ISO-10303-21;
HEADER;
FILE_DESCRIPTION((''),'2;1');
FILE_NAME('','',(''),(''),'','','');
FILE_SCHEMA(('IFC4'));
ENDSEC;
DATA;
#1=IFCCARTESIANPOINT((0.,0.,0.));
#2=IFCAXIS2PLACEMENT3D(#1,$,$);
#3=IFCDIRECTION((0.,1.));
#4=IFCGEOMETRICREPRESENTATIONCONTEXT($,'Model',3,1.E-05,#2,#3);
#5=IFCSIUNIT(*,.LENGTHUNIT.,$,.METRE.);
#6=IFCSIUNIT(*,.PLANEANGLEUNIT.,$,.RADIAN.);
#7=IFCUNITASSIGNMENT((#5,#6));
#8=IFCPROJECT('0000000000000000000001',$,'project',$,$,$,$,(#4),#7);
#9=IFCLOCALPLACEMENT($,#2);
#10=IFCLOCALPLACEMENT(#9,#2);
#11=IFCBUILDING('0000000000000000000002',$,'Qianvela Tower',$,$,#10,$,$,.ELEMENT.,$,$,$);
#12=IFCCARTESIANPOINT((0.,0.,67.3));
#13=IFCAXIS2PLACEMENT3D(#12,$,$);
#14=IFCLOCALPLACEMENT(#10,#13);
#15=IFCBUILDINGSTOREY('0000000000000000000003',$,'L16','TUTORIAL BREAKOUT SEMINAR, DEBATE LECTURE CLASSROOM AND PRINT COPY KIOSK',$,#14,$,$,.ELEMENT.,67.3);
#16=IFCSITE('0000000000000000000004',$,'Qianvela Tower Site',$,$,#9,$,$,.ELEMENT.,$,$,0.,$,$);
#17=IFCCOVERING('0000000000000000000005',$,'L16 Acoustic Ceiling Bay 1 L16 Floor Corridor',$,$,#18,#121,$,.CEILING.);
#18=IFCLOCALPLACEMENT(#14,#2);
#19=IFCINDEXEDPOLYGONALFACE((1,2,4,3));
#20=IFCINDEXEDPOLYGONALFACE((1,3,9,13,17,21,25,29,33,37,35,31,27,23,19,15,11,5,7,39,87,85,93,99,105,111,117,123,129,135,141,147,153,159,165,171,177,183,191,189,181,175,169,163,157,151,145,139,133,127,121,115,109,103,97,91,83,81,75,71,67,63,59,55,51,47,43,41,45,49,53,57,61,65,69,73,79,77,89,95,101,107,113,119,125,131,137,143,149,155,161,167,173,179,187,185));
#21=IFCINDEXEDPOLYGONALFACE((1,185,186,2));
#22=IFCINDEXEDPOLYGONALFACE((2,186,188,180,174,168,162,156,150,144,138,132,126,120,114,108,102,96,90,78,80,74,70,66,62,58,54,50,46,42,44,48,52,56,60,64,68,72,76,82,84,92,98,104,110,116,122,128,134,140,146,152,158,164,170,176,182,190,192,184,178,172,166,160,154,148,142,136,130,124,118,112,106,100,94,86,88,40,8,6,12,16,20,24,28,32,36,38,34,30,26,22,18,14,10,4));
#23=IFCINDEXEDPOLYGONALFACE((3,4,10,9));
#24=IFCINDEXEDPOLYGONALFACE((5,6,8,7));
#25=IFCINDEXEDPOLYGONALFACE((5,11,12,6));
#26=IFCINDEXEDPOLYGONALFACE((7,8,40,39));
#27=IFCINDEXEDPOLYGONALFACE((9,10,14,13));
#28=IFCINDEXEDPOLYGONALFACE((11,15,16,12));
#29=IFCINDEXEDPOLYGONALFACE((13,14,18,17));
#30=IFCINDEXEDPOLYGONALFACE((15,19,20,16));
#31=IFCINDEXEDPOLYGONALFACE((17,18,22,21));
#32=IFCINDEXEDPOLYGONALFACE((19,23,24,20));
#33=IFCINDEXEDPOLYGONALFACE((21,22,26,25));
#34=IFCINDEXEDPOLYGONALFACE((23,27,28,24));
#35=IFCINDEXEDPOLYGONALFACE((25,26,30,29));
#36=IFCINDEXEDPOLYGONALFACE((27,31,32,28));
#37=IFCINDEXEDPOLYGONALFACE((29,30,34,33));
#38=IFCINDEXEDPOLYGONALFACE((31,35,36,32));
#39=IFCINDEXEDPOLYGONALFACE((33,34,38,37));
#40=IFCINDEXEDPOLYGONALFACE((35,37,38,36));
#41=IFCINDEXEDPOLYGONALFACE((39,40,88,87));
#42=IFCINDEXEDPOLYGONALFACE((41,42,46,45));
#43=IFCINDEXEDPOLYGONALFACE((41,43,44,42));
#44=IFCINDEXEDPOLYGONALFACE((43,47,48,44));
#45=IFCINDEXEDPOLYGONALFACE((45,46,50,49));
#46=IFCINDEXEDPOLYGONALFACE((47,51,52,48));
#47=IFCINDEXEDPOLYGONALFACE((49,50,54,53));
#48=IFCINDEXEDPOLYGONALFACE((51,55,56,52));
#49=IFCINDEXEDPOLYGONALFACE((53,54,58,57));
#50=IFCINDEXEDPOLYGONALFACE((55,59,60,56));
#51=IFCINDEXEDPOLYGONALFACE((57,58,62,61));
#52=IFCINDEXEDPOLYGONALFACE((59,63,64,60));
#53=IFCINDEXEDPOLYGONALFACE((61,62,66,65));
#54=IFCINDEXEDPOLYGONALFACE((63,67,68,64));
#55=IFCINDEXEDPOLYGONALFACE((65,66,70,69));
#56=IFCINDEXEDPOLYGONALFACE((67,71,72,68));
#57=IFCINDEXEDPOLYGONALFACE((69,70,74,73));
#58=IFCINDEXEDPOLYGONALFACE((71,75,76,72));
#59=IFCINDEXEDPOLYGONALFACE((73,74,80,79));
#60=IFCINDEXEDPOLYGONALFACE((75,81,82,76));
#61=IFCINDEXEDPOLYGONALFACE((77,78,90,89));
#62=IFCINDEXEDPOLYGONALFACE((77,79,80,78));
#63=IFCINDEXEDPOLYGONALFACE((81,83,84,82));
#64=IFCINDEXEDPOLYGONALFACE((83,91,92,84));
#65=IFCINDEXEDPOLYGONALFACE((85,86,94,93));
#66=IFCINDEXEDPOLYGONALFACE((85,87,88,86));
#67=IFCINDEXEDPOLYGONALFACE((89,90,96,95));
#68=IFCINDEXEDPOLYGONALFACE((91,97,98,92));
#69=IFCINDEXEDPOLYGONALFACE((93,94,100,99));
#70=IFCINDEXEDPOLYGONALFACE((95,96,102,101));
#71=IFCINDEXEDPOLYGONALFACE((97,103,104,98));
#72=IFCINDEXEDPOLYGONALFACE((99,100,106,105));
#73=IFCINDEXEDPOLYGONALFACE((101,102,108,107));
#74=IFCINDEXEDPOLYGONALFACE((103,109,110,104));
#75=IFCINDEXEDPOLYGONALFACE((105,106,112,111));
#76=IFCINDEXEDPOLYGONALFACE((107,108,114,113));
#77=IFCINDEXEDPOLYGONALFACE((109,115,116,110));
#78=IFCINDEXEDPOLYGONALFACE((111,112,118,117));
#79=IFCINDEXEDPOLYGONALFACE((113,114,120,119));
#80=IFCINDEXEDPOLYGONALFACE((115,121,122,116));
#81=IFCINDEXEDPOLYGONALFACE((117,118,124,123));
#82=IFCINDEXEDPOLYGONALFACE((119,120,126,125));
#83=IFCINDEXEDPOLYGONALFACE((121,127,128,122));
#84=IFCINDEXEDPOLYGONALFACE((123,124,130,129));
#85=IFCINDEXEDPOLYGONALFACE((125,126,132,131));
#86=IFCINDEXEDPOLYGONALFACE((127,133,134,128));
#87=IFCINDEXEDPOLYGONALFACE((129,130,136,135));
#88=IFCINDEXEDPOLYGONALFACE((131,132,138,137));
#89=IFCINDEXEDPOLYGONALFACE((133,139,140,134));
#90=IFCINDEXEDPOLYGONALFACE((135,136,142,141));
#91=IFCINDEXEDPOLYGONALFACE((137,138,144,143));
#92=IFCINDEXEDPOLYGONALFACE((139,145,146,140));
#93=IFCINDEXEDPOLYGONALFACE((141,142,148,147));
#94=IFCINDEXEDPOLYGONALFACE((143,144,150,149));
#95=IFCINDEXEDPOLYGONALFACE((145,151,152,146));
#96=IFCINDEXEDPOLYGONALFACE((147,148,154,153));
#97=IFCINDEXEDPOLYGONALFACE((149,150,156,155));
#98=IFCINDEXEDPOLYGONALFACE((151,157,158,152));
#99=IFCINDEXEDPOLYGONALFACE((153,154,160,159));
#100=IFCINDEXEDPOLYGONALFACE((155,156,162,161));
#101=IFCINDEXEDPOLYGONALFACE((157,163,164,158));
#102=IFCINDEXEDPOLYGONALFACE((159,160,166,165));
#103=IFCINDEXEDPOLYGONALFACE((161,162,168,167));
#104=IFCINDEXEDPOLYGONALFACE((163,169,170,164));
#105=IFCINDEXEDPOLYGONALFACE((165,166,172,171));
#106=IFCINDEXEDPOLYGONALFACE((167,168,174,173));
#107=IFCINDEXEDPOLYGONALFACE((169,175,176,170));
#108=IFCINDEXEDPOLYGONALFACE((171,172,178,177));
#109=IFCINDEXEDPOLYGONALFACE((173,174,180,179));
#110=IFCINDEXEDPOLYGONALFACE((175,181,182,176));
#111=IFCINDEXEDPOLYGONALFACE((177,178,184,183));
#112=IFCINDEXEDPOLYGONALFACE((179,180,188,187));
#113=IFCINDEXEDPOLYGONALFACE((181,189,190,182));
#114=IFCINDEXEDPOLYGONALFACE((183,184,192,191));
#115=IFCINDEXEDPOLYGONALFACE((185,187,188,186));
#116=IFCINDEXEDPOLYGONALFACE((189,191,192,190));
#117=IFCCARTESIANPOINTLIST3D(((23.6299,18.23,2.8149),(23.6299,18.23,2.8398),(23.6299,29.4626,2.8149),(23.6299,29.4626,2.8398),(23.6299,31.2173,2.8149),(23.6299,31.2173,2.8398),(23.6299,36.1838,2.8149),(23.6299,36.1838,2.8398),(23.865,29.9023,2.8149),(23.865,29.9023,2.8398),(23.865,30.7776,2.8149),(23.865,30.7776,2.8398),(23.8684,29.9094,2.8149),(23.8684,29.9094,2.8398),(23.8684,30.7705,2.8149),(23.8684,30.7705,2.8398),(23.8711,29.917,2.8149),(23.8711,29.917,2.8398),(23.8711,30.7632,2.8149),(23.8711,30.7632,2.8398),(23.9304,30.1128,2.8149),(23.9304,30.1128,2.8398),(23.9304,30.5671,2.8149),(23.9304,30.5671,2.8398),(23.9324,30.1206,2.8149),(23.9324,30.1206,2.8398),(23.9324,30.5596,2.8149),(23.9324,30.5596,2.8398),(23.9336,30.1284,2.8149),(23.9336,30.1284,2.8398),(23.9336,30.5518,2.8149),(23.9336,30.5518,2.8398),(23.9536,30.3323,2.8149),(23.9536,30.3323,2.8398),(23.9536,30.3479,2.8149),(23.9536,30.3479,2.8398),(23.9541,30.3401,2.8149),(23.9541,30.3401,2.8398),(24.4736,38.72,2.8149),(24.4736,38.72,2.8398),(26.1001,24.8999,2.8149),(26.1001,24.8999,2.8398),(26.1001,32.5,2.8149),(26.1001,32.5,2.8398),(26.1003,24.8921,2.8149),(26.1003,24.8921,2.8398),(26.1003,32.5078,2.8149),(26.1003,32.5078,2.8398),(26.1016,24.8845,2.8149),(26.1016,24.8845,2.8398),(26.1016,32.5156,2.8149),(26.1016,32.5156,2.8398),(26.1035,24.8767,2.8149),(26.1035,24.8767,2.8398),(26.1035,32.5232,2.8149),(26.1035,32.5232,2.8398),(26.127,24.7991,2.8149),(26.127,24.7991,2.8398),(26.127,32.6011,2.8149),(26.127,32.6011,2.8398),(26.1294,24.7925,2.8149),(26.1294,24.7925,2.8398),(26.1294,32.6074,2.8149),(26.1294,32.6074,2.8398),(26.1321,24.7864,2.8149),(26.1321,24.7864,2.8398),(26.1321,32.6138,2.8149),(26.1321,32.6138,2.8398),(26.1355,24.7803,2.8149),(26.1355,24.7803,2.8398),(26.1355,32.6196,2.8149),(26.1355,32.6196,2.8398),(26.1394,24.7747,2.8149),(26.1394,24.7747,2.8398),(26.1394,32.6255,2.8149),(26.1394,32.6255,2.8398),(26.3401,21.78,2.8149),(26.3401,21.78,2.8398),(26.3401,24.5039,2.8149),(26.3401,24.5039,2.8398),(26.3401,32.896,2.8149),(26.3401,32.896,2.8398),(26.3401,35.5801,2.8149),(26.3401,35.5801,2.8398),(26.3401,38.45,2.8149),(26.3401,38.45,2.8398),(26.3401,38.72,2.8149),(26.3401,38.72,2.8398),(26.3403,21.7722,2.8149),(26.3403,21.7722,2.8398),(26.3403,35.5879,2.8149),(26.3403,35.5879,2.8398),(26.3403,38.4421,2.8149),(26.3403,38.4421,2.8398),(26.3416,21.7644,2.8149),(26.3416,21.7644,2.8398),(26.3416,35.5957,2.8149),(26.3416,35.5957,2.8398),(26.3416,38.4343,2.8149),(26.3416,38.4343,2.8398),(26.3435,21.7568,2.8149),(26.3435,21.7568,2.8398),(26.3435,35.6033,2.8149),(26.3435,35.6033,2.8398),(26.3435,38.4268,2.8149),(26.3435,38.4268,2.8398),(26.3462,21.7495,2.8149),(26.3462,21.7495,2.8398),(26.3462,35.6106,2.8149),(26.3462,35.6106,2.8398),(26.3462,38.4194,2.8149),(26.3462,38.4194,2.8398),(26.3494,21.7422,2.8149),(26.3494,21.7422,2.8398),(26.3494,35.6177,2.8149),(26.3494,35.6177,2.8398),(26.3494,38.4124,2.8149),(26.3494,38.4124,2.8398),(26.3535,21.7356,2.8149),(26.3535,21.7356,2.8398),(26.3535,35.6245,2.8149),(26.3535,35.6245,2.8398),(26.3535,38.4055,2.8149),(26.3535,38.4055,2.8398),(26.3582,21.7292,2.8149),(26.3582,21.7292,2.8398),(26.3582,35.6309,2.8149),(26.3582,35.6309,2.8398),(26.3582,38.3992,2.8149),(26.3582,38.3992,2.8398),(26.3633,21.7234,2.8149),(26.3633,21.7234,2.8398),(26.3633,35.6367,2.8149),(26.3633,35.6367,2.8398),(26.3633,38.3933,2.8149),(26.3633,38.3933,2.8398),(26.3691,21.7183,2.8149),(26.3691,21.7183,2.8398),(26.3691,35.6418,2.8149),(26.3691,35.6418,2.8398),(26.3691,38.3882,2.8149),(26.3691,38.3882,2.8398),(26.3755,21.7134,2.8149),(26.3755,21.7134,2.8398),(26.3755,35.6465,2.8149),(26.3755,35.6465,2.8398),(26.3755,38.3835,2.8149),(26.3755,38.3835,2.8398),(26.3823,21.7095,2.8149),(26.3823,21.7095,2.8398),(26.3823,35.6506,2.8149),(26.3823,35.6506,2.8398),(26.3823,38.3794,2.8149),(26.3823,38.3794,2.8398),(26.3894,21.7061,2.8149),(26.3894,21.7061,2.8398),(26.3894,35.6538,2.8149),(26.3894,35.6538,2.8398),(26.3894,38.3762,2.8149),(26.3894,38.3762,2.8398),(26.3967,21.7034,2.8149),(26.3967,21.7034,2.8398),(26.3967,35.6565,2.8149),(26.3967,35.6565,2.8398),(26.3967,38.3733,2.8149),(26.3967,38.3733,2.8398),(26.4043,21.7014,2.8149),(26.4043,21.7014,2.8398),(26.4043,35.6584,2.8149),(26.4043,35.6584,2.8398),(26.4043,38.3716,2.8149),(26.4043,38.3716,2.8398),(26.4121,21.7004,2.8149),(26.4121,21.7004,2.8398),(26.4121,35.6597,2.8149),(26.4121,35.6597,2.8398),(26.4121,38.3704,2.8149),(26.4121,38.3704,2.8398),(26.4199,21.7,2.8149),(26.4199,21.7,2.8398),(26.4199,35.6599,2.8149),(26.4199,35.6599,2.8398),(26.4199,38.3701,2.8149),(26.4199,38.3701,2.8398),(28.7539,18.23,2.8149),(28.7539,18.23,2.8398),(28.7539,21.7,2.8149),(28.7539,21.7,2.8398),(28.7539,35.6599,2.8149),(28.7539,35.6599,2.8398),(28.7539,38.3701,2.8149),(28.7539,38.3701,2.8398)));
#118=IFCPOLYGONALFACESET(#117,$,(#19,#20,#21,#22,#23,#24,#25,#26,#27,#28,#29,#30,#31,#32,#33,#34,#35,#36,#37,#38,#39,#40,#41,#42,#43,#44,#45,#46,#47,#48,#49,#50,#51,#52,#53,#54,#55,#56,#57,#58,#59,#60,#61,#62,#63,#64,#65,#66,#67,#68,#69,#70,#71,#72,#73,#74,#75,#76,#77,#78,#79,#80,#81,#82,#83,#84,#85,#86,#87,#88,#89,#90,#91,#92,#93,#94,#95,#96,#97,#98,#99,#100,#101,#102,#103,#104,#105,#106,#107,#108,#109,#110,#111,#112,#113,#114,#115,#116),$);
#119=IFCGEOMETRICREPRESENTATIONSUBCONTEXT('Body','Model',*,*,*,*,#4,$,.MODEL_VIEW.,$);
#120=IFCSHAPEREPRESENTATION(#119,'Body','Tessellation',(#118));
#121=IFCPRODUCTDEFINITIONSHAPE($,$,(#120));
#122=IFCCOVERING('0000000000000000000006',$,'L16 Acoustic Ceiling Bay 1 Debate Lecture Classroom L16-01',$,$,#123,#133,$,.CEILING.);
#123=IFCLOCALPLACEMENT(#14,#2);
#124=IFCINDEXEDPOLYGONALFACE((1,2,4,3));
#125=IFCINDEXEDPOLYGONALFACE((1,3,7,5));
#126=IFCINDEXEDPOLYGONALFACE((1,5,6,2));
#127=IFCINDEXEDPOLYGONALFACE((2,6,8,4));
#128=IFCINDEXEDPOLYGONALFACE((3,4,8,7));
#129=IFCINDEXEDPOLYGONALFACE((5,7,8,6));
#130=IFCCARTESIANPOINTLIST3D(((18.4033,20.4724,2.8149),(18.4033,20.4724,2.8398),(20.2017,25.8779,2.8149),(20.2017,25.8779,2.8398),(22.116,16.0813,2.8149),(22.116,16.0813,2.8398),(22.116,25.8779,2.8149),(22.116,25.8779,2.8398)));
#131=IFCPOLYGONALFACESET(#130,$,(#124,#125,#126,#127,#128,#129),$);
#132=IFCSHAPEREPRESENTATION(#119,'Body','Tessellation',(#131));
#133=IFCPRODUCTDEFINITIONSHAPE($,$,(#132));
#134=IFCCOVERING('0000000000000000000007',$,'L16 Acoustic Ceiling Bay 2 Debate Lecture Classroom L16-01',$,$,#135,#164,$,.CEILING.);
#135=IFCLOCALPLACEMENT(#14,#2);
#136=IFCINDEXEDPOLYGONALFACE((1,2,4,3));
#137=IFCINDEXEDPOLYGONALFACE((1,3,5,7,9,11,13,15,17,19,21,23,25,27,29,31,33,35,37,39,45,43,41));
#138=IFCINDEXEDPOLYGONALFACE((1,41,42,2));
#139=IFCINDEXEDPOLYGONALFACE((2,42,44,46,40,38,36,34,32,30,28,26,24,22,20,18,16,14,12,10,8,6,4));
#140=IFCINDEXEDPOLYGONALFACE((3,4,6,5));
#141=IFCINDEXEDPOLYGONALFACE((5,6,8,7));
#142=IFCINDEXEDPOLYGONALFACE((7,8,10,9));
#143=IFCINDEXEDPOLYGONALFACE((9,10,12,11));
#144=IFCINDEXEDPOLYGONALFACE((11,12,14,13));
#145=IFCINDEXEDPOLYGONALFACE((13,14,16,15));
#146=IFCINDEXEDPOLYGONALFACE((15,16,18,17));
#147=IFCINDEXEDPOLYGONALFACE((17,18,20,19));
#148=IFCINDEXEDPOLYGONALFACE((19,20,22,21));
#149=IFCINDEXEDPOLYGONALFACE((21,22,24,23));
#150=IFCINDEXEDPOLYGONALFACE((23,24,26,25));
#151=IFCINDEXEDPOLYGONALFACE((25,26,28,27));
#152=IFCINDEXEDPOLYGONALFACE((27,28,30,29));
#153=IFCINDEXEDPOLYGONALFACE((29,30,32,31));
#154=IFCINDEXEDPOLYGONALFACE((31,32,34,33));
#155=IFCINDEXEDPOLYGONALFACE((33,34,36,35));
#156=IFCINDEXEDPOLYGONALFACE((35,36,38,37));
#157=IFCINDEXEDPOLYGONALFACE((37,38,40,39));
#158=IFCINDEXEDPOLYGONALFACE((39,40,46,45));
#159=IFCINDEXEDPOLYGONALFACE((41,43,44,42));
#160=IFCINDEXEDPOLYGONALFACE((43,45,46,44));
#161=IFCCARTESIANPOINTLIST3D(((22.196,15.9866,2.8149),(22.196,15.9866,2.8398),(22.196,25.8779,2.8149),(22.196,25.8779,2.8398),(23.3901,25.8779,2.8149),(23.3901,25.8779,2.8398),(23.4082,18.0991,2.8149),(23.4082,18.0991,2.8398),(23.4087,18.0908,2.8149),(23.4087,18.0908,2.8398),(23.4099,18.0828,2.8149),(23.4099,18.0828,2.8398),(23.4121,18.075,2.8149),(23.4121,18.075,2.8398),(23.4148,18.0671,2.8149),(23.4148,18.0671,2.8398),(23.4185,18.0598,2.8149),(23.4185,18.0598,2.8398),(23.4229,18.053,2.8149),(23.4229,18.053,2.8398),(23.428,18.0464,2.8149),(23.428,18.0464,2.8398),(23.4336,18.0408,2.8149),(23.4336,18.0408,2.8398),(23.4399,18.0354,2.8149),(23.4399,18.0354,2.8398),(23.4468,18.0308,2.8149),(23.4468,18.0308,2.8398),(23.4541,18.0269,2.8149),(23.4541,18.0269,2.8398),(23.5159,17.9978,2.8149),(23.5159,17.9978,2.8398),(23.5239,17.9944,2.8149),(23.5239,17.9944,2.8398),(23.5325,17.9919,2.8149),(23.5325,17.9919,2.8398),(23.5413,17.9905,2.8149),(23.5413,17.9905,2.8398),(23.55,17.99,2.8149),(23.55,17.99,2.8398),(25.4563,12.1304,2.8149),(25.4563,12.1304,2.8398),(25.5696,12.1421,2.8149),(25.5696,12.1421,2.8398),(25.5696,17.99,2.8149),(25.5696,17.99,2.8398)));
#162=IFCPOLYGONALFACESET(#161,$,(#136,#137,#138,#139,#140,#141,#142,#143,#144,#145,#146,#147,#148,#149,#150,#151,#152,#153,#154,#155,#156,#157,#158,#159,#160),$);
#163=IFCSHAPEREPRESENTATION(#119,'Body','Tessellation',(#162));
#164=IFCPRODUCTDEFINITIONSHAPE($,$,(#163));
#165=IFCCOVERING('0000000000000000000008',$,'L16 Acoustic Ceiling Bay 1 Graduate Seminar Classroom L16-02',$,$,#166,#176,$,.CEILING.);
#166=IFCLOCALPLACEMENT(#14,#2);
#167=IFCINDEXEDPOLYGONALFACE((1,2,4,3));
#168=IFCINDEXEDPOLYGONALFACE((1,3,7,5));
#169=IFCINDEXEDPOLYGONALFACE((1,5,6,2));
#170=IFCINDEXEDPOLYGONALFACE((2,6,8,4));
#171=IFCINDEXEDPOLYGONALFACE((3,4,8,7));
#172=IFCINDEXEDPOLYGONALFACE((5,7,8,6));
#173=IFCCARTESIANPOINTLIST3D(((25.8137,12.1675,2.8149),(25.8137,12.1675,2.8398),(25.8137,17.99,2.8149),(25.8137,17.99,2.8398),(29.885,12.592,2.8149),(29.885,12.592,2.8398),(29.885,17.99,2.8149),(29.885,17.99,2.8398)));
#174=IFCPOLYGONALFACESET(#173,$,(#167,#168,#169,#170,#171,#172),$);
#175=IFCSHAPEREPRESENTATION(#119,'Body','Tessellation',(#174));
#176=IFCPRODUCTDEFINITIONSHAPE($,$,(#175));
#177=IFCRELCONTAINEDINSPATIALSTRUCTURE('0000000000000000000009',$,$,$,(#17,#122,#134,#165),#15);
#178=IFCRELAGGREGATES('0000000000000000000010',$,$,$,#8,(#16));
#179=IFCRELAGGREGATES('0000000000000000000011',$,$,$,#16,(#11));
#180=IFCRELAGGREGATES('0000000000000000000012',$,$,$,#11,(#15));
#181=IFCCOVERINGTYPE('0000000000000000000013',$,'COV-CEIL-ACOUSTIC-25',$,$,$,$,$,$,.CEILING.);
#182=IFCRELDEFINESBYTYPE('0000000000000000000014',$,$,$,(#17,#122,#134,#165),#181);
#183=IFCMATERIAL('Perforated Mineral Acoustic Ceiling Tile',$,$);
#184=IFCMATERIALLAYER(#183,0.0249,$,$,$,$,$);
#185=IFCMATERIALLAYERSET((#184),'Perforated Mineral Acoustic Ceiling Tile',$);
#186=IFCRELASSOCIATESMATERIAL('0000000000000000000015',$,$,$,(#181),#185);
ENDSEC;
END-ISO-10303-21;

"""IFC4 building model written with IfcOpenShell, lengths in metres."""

from ifc_helpers import new_model, si_unit, direction, frame, origin, place, context, subcontext, project, spatial, polyline, outline, extrude, material, layer, layer_set, type_object, element, save


model = new_model("IFC4")

# Units and contexts
model_context = context("Model", 3, precision=1e-05, world=origin(), true_north=direction((0.0, 1.0)))
body_context = subcontext(model_context, "Body", "Model", "MODEL_VIEW")
ifc_project = project(units=[si_unit("LENGTHUNIT", "METRE"), si_unit("PLANEANGLEUNIT", "RADIAN")], contexts=[model_context])

# Site, building, storey
site_placement = place(None, origin())
site = spatial("IfcSite", under=ifc_project, at=site_placement, Name="Qianvela Tower Site", CompositionType="ELEMENT", RefElevation=0.0)
building_placement = place(site_placement, origin())
building = spatial("IfcBuilding", under=site, at=building_placement, Name="Qianvela Tower", CompositionType="ELEMENT")
storey_placement = place(building_placement, frame((0.0, 0.0, 67.3)))
storey = spatial("IfcBuildingStorey", under=building, at=storey_placement, Name="L16", Description="TUTORIAL BREAKOUT SEMINAR, DEBATE LECTURE CLASSROOM AND PRINT COPY KIOSK", CompositionType="ELEMENT", Elevation=67.3)

# Coverings
ifc_material_1 = material(Name="Perforated Mineral Acoustic Ceiling Tile")
ifc_layer_1 = layer(ifc_material_1, 0.0249)
ifc_layer_set_1 = layer_set([ifc_layer_1], Name="Perforated Mineral Acoustic Ceiling Tile")
covering_type_1 = type_object("IfcCoveringType", Name="COV-CEIL-ACOUSTIC-25", PredefinedType="CEILING", material=ifc_layer_set_1)
covering_1_placement = place(storey_placement, frame((0.0, 0.0, 2.8149)))
element("IfcCovering", 1, at=covering_1_placement, inside=storey, type_object=covering_type_1, Name="L16 Acoustic Ceiling Bay 1 L16 Floor Corridor", PredefinedType="CEILING", context=body_context, shape_type="SweptSolid", body=[
    extrude(outline(polyline([(23.8684, 30.7705), (23.865, 30.7776), (23.6299, 31.2173), (23.6299, 36.1838), (24.4736, 38.72), (26.3401, 38.72), (26.3401, 38.45), (26.3403, 38.4421), (26.3416, 38.4343), (26.3435, 38.4268), (26.3462, 38.4194), (26.3494, 38.4124), (26.3535, 38.4055), (26.3582, 38.3992), (26.3633, 38.3933), (26.3691, 38.3882), (26.3755, 38.3835), (26.3823, 38.3794), (26.3894, 38.3762), (26.3967, 38.3733), (26.4043, 38.3716), (26.4121, 38.3704), (26.4199, 38.3701), (28.7539, 38.3701), (28.7539, 35.6599), (26.4199, 35.6599), (26.4121, 35.6597), (26.4043, 35.6584), (26.3967, 35.6565), (26.3894, 35.6538), (26.3823, 35.6506), (26.3755, 35.6465), (26.3691, 35.6418), (26.3633, 35.6367), (26.3582, 35.6309), (26.3535, 35.6245), (26.3494, 35.6177), (26.3462, 35.6106), (26.3435, 35.6033), (26.3416, 35.5957), (26.3403, 35.5879), (26.3401, 35.5801), (26.3401, 32.896), (26.1394, 32.6255), (26.1355, 32.6196), (26.1321, 32.6138), (26.1294, 32.6074), (26.127, 32.6011), (26.1035, 32.5232), (26.1016, 32.5156), (26.1003, 32.5078), (26.1001, 32.5), (26.1001, 24.8999), (26.1003, 24.8921), (26.1016, 24.8845), (26.1035, 24.8767), (26.127, 24.7991), (26.1294, 24.7925), (26.1321, 24.7864), (26.1355, 24.7803), (26.1394, 24.7747), (26.3401, 24.5039), (26.3401, 21.78), (26.3403, 21.7722), (26.3416, 21.7644), (26.3435, 21.7568), (26.3462, 21.7495), (26.3494, 21.7422), (26.3535, 21.7356), (26.3582, 21.7292), (26.3633, 21.7234), (26.3691, 21.7183), (26.3755, 21.7134), (26.3823, 21.7095), (26.3894, 21.7061), (26.3967, 21.7034), (26.4043, 21.7014), (26.4121, 21.7004), (26.4199, 21.7), (28.7539, 21.7), (28.7539, 18.23), (23.6299, 18.23), (23.6299, 29.4626), (23.865, 29.9023), (23.8684, 29.9094), (23.8711, 29.917), (23.9304, 30.1128), (23.9324, 30.1206), (23.9336, 30.1284), (23.9536, 30.3323), (23.9541, 30.3401), (23.9536, 30.3479), (23.9336, 30.5518), (23.9324, 30.5596), (23.9304, 30.5671), (23.8711, 30.7632), (23.8684, 30.7705)])), origin(), (0.0, 0.0, 1.0), 0.0249),
])
covering_2_placement = place(storey_placement, frame((0.0, 0.0, 2.8149)))
element("IfcCovering", 2, at=covering_2_placement, inside=storey, type_object=covering_type_1, Name="L16 Acoustic Ceiling Bay 1 Debate Lecture Classroom L16-01", PredefinedType="CEILING", context=body_context, shape_type="SweptSolid", body=[
    extrude(outline(polyline([(18.4033, 20.4724), (20.2017, 25.8779), (22.116, 25.8779), (22.116, 16.0813), (18.4033, 20.4724)])), origin(), (0.0, 0.0, 1.0), 0.0249),
])
covering_3_placement = place(storey_placement, frame((0.0, 0.0, 2.8149)))
element("IfcCovering", 3, at=covering_3_placement, inside=storey, type_object=covering_type_1, Name="L16 Acoustic Ceiling Bay 2 Debate Lecture Classroom L16-01", PredefinedType="CEILING", context=body_context, shape_type="SweptSolid", body=[
    extrude(outline(polyline([(23.4082, 18.0991), (23.4087, 18.0908), (23.4099, 18.0828), (23.4121, 18.075), (23.4148, 18.0671), (23.4185, 18.0598), (23.4229, 18.053), (23.428, 18.0464), (23.4336, 18.0408), (23.4399, 18.0354), (23.4468, 18.0308), (23.4541, 18.0269), (23.5159, 17.9978), (23.5239, 17.9944), (23.5325, 17.9919), (23.5413, 17.9905), (23.55, 17.99), (25.5696, 17.99), (25.5696, 12.1421), (25.4563, 12.1304), (22.196, 15.9866), (22.196, 25.8779), (23.3901, 25.8779), (23.4082, 18.0991)])), origin(), (0.0, 0.0, 1.0), 0.0249),
])
covering_4_placement = place(storey_placement, frame((0.0, 0.0, 2.8149)))
element("IfcCovering", 4, at=covering_4_placement, inside=storey, type_object=covering_type_1, Name="L16 Acoustic Ceiling Bay 1 Graduate Seminar Classroom L16-02", PredefinedType="CEILING", context=body_context, shape_type="SweptSolid", body=[
    extrude(outline(polyline([(25.8137, 12.1675), (25.8137, 17.99), (29.885, 17.99), (29.885, 12.592), (25.8137, 12.1675)])), origin(), (0.0, 0.0, 1.0), 0.0249),
])

save(model, "model.ifc")
